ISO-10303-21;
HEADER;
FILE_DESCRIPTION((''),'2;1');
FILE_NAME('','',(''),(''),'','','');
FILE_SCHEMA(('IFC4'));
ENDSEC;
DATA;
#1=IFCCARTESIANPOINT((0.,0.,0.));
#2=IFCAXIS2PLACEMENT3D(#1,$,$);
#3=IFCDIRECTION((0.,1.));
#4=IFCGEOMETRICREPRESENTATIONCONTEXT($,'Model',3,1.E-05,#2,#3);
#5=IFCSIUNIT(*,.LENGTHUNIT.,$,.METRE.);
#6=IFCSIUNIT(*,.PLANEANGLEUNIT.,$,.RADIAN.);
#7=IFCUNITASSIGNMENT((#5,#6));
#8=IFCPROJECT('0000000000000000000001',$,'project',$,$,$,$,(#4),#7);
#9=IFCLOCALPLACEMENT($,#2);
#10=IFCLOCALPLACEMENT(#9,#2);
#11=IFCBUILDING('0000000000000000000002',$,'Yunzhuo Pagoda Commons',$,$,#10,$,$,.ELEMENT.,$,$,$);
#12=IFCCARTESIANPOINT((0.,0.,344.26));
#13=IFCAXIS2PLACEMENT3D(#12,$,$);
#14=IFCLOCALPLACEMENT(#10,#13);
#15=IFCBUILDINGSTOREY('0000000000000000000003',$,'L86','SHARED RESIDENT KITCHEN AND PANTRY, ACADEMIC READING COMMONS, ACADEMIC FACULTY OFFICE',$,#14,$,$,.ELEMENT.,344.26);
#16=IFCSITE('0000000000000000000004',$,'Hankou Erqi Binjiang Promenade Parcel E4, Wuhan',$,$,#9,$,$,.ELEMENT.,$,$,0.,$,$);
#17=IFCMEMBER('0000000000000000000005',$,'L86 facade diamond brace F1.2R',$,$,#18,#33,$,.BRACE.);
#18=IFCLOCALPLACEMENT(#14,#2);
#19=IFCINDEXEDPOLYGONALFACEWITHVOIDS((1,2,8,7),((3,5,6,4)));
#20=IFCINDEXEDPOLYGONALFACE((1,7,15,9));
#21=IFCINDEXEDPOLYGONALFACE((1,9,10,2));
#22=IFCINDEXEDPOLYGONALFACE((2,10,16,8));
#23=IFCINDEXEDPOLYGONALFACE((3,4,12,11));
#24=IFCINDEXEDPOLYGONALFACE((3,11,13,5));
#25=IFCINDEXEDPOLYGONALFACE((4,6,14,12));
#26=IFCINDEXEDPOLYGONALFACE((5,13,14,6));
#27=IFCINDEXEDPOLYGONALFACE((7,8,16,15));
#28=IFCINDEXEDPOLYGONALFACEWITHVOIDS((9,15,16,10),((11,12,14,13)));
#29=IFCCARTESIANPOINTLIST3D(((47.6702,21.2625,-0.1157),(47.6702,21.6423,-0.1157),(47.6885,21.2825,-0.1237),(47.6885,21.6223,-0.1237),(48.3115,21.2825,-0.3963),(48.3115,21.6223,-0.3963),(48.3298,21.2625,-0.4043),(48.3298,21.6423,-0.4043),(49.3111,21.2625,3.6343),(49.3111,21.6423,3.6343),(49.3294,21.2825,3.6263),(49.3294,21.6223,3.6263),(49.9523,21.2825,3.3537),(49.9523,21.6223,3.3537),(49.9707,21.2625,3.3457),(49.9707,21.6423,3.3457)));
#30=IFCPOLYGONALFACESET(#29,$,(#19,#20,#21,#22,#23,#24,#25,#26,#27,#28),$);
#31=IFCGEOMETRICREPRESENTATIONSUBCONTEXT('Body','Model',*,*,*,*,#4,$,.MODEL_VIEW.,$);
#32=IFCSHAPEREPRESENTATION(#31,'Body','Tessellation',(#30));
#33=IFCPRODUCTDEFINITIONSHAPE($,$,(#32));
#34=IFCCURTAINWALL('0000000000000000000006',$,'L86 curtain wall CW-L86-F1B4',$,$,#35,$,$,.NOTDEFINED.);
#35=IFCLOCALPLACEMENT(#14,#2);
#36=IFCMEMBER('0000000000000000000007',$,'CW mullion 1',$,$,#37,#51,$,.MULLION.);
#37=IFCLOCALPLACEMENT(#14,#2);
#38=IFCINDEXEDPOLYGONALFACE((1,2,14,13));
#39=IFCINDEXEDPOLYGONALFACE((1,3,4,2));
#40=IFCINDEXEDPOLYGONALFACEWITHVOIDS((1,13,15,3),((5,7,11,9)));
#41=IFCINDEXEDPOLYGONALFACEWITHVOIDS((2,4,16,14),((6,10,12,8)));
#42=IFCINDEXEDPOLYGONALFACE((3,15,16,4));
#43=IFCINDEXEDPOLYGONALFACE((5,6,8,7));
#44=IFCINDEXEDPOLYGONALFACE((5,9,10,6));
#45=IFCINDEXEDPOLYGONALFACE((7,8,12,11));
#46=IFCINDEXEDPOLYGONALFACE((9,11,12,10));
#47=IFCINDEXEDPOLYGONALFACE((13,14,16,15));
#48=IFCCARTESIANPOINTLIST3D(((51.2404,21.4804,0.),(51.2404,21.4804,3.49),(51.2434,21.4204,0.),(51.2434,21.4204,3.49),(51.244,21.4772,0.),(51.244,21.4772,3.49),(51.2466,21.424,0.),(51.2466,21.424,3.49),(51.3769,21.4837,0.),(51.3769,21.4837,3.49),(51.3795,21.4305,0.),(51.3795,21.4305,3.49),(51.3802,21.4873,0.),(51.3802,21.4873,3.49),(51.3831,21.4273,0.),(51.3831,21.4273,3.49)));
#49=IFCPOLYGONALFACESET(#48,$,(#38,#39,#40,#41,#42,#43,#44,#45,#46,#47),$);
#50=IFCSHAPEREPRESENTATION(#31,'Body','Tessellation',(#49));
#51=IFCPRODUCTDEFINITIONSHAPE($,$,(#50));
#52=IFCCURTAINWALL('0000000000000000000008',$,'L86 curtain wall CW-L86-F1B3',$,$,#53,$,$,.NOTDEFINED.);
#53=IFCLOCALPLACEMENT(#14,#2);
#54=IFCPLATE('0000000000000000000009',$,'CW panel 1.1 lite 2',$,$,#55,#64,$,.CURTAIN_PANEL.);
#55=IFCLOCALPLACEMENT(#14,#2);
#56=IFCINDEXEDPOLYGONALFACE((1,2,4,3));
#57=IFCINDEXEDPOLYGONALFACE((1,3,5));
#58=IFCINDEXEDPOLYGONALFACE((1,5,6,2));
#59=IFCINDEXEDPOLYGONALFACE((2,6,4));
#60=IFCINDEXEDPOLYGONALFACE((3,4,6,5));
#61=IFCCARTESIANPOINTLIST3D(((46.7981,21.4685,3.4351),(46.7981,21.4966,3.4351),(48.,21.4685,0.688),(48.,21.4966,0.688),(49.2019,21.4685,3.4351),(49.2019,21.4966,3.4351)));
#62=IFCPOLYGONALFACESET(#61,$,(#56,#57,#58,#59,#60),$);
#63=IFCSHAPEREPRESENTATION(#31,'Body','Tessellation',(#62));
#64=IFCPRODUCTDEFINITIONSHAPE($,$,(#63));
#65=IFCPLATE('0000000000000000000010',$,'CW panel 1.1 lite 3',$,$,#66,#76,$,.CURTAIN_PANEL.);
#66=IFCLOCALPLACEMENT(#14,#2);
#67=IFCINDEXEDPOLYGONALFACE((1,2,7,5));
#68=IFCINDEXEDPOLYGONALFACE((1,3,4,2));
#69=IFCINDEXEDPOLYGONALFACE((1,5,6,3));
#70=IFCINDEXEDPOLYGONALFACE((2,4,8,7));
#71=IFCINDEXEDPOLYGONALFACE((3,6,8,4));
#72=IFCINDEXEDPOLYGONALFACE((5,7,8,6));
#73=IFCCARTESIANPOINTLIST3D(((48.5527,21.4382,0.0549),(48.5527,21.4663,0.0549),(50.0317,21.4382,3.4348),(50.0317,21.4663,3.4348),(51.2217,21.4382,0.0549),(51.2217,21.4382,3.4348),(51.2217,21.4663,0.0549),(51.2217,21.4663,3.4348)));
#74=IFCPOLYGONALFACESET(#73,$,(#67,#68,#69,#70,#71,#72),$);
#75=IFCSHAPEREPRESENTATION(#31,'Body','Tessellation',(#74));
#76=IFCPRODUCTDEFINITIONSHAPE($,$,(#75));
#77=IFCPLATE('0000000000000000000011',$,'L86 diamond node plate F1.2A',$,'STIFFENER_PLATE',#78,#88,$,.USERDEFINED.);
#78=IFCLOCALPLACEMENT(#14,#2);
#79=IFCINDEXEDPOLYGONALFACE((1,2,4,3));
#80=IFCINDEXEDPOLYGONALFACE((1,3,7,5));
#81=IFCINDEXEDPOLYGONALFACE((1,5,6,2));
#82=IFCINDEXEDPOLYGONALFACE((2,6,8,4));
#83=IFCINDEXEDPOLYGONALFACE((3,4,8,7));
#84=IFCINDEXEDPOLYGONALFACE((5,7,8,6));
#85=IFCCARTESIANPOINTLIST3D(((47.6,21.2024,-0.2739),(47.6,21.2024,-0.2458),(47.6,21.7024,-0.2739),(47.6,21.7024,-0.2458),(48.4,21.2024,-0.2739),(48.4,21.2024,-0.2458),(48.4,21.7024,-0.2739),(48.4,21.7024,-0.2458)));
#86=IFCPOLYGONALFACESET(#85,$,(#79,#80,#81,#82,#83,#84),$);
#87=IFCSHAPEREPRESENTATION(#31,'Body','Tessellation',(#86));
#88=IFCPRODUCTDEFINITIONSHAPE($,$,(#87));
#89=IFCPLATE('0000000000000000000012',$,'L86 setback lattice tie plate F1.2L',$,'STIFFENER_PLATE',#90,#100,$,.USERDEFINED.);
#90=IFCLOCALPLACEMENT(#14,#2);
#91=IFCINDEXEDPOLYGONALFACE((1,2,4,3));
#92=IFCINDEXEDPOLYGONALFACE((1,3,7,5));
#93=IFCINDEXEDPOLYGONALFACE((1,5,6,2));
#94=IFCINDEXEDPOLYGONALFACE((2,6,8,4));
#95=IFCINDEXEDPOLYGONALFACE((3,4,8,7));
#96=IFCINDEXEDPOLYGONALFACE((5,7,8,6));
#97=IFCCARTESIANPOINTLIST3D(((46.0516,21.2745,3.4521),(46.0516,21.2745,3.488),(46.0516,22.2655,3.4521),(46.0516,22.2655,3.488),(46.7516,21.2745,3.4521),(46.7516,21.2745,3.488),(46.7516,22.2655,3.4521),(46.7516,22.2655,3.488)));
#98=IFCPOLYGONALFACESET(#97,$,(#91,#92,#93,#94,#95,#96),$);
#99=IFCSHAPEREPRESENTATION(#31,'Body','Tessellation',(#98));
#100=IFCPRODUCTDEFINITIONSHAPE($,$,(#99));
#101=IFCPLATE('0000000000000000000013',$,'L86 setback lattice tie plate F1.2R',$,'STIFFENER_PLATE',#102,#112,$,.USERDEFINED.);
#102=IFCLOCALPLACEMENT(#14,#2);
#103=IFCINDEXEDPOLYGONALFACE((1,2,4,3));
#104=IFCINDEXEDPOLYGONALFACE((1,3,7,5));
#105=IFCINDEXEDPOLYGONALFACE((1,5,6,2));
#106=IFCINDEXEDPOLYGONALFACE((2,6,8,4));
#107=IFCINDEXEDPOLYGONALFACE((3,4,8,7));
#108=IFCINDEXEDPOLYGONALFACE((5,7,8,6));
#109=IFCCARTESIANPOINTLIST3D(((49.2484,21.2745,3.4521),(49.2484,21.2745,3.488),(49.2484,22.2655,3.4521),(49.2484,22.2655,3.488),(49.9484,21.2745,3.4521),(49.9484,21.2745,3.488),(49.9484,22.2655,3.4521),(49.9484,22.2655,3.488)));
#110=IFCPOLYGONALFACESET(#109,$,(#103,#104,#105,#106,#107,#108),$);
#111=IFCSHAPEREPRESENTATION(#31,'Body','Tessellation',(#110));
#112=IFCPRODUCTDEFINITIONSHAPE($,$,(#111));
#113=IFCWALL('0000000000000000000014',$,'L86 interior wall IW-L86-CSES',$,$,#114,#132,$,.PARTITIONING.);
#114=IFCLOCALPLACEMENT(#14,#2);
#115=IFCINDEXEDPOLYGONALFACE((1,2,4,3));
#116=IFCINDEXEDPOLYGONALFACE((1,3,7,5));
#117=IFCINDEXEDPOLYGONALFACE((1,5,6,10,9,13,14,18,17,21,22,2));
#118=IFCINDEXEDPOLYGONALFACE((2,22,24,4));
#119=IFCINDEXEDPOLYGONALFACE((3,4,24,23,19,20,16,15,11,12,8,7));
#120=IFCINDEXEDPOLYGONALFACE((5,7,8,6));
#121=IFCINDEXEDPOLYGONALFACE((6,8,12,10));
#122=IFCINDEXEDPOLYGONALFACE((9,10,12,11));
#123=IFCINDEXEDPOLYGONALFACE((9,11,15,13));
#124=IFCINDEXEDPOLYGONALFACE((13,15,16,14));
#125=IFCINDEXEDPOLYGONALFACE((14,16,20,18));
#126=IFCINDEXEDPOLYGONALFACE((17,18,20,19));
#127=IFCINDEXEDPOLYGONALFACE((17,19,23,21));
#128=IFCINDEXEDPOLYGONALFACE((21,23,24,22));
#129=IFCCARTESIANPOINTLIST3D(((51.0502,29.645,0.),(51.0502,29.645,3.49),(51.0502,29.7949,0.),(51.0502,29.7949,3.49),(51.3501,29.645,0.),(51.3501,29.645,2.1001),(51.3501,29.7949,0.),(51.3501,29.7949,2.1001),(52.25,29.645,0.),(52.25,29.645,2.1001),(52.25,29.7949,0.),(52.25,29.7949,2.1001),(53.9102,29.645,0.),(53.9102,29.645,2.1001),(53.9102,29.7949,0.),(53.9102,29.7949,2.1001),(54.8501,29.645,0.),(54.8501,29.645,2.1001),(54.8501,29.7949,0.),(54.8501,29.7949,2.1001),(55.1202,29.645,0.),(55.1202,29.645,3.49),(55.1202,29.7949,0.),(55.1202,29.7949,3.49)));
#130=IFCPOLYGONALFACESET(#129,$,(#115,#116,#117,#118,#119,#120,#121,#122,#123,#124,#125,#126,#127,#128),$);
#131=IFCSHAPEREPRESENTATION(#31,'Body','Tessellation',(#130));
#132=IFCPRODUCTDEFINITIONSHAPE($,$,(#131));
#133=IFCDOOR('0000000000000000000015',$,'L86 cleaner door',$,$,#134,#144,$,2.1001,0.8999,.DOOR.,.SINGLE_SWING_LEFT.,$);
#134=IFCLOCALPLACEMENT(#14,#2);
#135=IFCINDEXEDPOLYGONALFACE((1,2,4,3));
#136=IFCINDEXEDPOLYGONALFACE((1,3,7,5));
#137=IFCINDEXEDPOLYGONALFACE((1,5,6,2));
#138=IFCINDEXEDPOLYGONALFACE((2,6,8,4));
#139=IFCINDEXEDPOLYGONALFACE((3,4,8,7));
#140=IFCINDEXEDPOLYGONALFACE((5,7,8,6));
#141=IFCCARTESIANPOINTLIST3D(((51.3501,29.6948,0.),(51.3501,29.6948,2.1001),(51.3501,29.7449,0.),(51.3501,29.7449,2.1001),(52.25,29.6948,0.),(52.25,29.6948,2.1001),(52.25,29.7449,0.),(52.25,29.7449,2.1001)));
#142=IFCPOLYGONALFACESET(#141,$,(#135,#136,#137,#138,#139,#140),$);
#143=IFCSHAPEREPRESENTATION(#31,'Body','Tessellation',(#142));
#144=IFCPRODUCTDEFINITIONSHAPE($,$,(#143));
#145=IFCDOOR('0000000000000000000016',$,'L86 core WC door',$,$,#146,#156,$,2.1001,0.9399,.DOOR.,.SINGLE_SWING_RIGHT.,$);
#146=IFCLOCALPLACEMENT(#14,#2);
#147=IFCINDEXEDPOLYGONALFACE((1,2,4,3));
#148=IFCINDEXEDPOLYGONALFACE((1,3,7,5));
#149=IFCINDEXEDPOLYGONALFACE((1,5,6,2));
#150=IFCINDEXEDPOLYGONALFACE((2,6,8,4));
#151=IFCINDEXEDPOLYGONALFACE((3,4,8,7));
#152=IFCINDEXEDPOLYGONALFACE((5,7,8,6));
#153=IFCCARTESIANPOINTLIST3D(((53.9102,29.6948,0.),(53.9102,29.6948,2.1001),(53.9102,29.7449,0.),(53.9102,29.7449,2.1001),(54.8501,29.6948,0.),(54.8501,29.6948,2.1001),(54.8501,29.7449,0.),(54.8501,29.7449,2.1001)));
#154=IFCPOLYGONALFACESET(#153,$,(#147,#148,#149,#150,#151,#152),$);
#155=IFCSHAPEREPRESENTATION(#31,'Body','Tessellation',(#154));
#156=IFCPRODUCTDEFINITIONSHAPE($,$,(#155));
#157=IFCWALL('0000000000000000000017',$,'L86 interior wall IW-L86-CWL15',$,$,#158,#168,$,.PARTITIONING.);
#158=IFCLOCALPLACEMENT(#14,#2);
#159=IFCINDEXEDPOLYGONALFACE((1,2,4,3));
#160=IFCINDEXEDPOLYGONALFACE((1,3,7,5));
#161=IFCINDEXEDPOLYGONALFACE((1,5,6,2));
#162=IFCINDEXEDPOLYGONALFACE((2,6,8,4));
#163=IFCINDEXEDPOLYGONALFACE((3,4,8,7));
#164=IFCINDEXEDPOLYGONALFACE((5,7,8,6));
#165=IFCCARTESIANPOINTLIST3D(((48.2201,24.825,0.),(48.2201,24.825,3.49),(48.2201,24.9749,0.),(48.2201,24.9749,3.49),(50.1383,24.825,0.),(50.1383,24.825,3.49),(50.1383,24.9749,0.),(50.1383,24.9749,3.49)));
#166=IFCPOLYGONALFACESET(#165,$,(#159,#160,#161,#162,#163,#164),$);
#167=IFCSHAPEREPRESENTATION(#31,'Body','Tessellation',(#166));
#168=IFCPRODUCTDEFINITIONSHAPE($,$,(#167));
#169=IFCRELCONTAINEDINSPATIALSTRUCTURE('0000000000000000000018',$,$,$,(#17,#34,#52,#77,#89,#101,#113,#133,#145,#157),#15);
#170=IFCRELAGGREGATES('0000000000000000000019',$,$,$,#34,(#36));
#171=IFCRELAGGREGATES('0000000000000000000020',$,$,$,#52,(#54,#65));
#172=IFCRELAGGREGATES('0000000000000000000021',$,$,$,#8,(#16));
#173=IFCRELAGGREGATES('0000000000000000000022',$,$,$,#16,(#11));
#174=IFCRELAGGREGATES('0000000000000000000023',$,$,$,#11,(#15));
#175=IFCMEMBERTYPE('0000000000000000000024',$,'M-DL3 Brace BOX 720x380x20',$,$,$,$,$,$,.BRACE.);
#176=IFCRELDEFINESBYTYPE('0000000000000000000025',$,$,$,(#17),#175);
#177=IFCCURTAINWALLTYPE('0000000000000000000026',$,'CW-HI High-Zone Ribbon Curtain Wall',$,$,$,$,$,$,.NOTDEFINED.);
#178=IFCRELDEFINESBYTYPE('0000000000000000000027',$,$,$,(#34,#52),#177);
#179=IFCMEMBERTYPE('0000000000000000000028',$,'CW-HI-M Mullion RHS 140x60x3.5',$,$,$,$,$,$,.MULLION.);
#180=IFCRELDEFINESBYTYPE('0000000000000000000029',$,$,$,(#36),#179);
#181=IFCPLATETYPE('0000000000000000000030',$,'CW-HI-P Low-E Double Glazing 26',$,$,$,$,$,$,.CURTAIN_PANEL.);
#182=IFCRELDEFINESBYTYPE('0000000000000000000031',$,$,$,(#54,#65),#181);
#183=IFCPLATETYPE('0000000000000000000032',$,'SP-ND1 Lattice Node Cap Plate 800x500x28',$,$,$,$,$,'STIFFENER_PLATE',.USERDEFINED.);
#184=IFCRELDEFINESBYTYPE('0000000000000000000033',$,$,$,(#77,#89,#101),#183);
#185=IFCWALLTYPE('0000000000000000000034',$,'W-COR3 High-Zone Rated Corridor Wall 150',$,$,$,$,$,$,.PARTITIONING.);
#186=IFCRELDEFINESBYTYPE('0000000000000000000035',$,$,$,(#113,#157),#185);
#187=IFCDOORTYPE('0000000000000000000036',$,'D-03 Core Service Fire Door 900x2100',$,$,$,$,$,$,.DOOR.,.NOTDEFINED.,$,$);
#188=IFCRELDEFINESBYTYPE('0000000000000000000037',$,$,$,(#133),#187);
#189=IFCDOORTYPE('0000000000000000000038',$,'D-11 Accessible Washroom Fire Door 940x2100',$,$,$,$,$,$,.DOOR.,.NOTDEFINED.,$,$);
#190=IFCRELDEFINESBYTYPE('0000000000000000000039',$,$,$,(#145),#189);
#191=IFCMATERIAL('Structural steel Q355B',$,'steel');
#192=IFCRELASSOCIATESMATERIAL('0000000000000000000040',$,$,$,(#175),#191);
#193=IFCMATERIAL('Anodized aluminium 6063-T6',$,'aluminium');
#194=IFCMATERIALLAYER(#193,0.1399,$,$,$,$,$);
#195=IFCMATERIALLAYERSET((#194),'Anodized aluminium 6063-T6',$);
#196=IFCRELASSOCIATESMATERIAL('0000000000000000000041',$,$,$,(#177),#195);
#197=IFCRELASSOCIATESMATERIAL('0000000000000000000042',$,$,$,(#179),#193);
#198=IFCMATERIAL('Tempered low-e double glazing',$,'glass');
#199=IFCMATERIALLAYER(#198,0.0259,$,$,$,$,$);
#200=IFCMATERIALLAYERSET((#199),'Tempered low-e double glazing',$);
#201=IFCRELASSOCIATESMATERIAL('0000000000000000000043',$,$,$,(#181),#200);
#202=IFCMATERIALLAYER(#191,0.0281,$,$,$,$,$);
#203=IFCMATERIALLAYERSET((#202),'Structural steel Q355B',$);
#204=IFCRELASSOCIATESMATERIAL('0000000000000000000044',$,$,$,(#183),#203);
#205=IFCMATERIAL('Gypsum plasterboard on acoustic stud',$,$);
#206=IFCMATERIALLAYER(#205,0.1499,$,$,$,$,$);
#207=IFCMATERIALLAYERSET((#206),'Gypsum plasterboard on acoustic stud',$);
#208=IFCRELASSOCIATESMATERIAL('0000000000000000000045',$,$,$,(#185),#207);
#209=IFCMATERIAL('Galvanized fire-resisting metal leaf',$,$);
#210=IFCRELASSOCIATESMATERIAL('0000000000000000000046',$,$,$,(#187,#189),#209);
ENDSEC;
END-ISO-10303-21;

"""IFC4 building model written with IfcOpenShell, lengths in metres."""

from ifc_helpers import new_model, si_unit, direction, frame, frame_2d, origin, origin_with_axes, origin_2d, place, context, subcontext, project, spatial, polyline, rectangle, hollow_rectangle, outline, extrude, source, transform, mapped, material, layer, layer_set, material_profile, profile_set, type_object, element, fill, aggregate, save


model = new_model("IFC4")

# Units and contexts
model_context = context("Model", 3, precision=1e-05, world=origin(), true_north=direction((0.0, 1.0)))
body_context = subcontext(model_context, "Body", "Model", "MODEL_VIEW")
ifc_project = project(units=[si_unit("LENGTHUNIT", "METRE"), si_unit("PLANEANGLEUNIT", "RADIAN")], contexts=[model_context])

# Site, building, storey
site_placement = place(None, origin())
site = spatial("IfcSite", under=ifc_project, at=site_placement, Name="Hankou Erqi Binjiang Promenade Parcel E4, Wuhan", CompositionType="ELEMENT", RefElevation=0.0)
building_placement = place(site_placement, origin())
building = spatial("IfcBuilding", under=site, at=building_placement, Name="Yunzhuo Pagoda Commons", CompositionType="ELEMENT")
storey_placement = place(building_placement, frame((0.0, 0.0, 344.26)))
storey = spatial("IfcBuildingStorey", under=building, at=storey_placement, Name="L86", Description="SHARED RESIDENT KITCHEN AND PANTRY, ACADEMIC READING COMMONS, ACADEMIC FACULTY OFFICE", CompositionType="ELEMENT", Elevation=344.26)

# Shared definitions
ifc_material_1 = material(Name="Structural steel Q355B", Category="steel")

# Member
ifc_material_profile_1 = material_profile(ifc_material_1, hollow_rectangle(XDim=0.3799, YDim=0.72, WallThickness=0.02, at=origin_2d()), Name="Structural steel Q355B")
ifc_profile_set_1 = profile_set([ifc_material_profile_1], Name="Structural steel Q355B")
member_type_1 = type_object("IfcMemberType", Name="M-DL3 Brace BOX 720x380x20", PredefinedType="BRACE", material=ifc_profile_set_1)
shared_shape_1 = source(origin(), body_context, "Body", "SweptSolid", [
    extrude(hollow_rectangle(XDim=0.3799, YDim=0.72, WallThickness=0.02, at=origin_2d()), origin(), (0.0, 0.0, 1.0), 4.0933),
])
for number, where, z_axis, x_axis, name in (
    (1, (48.0, 21.4524, -0.26), (0.400869, 0.0, 0.916135), (0.0, 1.0, 0.0), "L86 facade diamond brace F1.2R"),
):
    element("IfcMember", number, at=place(storey_placement, frame(where, z_axis=z_axis, x_axis=x_axis)), inside=storey, type_object=member_type_1, Name=name, PredefinedType="BRACE", context=body_context, shape_type="MappedRepresentation", body=[
        mapped(shared_shape_1, transform((0.0, 0.0, 0.0), scale=1.0)),
    ])

# Curtain wall, member
ifc_material_2 = material(Name="Anodized aluminium 6063-T6", Category="aluminium")
ifc_layer_1 = layer(ifc_material_2, 0.1399)
ifc_layer_set_1 = layer_set([ifc_layer_1], Name="Anodized aluminium 6063-T6")
curtain_wall_type = type_object("IfcCurtainWallType", Name="CW-HI High-Zone Ribbon Curtain Wall", PredefinedType="NOTDEFINED", material=ifc_layer_set_1)
curtain_wall_1_placement = place(storey_placement, origin())
curtain_wall_1 = element("IfcCurtainWall", 2, at=curtain_wall_1_placement, inside=storey, type_object=curtain_wall_type, Name="L86 curtain wall CW-L86-F1B4", PredefinedType="NOTDEFINED")
ifc_material_profile_2 = material_profile(ifc_material_2, hollow_rectangle(XDim=0.0601, YDim=0.1399, WallThickness=0.0034, at=origin_2d()), Name="Anodized aluminium 6063-T6")
ifc_profile_set_2 = profile_set([ifc_material_profile_2], Name="Anodized aluminium 6063-T6")
member_type_2 = type_object("IfcMemberType", Name="CW-HI-M Mullion RHS 140x60x3.5", PredefinedType="MULLION", material=ifc_profile_set_2)
shared_shape_2 = source(origin(), body_context, "Body", "SweptSolid", [
    extrude(hollow_rectangle(XDim=0.0601, YDim=0.1399, WallThickness=0.0034, at=origin_2d()), origin(), (0.0, 0.0, 1.0), 3.49),
])
member_placement = place(storey_placement, frame((51.3118, 21.4539, 0.0), z_axis=(0.0, 0.0, 1.0), x_axis=(-0.048906, 0.998803, 0.0)))
member = element("IfcMember", 3, at=member_placement, type_object=member_type_2, Name="CW mullion 1", PredefinedType="MULLION", context=body_context, shape_type="MappedRepresentation", body=[
    mapped(shared_shape_2, transform((0.0, 0.0, 0.0), scale=1.0)),
])
aggregate(curtain_wall_1, [member])

# Curtain wall, plates
curtain_wall_2_placement = place(storey_placement, origin())
curtain_wall_2 = element("IfcCurtainWall", 4, at=curtain_wall_2_placement, inside=storey, type_object=curtain_wall_type, Name="L86 curtain wall CW-L86-F1B3", PredefinedType="NOTDEFINED")
ifc_material_3 = material(Name="Tempered low-e double glazing", Category="glass")
ifc_layer_2 = layer(ifc_material_3, 0.0259)
ifc_layer_set_2 = layer_set([ifc_layer_2], Name="Tempered low-e double glazing")
plate_type_1 = type_object("IfcPlateType", Name="CW-HI-P Low-E Double Glazing 26", PredefinedType="CURTAIN_PANEL", material=ifc_layer_set_2)
plate_1_placement = place(storey_placement, frame((48.0, 21.4966, 2.0615), z_axis=(0.0, -1.0, 0.0), x_axis=(1.0, 0.0, 0.0)))
plate_1 = element("IfcPlate", 5, at=plate_1_placement, type_object=plate_type_1, Name="CW panel 1.1 lite 2", PredefinedType="CURTAIN_PANEL", context=body_context, shape_type="SweptSolid", body=[
    extrude(outline(polyline([(-1.2019, 1.3735), (0.0, -1.3735), (1.2019, 1.3735), (-1.2019, 1.3735)])), origin(), (0.0, 0.0, 1.0), 0.0281),
])
plate_2_placement = place(storey_placement, frame((49.8872, 21.4663, 1.7449), z_axis=(0.0, -1.0, 0.0), x_axis=(1.0, 0.0, 0.0)))
plate_2 = element("IfcPlate", 6, at=plate_2_placement, type_object=plate_type_1, Name="CW panel 1.1 lite 3", PredefinedType="CURTAIN_PANEL", context=body_context, shape_type="SweptSolid", body=[
    extrude(outline(polyline([(-1.3345, -1.6899), (1.3345, -1.6899), (1.3345, 1.6899), (0.1445, 1.6899), (-1.3345, -1.6899)])), origin(), (0.0, 0.0, 1.0), 0.0281),
])
aggregate(curtain_wall_2, [plate_1, plate_2])

# Plates
ifc_layer_3 = layer(ifc_material_1, 0.0281)
ifc_layer_set_3 = layer_set([ifc_layer_3], Name="Structural steel Q355B")
plate_type_2 = type_object("IfcPlateType", Name="SP-ND1 Lattice Node Cap Plate 800x500x28", ElementType="STIFFENER_PLATE", PredefinedType="USERDEFINED", material=ifc_layer_set_3)
shared_shape_3 = source(origin(), body_context, "Body", "SweptSolid", [
    extrude(rectangle(XDim=0.8, YDim=0.5, at=origin_2d()), origin(), (0.0, 0.0, 1.0), 0.0281),
])
plate_3_placement = place(storey_placement, frame((48.0, 21.4524, -0.2739), z_axis=(0.0, 0.0, 1.0), x_axis=(1.0, 0.0, 0.0)))
element("IfcPlate", 7, at=plate_3_placement, inside=storey, type_object=plate_type_2, Name="L86 diamond node plate F1.2A", ObjectType="STIFFENER_PLATE", PredefinedType="USERDEFINED", context=body_context, shape_type="MappedRepresentation", body=[
    mapped(shared_shape_3, transform((0.0, 0.0, 0.0), scale=1.0)),
])
shared_shape_4 = source(origin(), body_context, "Body", "SweptSolid", [
    extrude(rectangle(XDim=0.7, YDim=0.991, at=origin_2d()), origin(), (0.0, 0.0, 1.0), 0.0359),
])
for number, where, z_axis, x_axis, name in (
    (8, (46.4016, 21.77, 3.4521), (0.0, 0.0, 1.0), (1.0, 0.0, 0.0), "L86 setback lattice tie plate F1.2L"),
    (9, (49.5984, 21.77, 3.4521), (0.0, 0.0, 1.0), (1.0, 0.0, 0.0), "L86 setback lattice tie plate F1.2R"),
):
    element("IfcPlate", number, at=place(storey_placement, frame(where, z_axis=z_axis, x_axis=x_axis)), inside=storey, type_object=plate_type_2, Name=name, ObjectType="STIFFENER_PLATE", PredefinedType="USERDEFINED", context=body_context, shape_type="MappedRepresentation", body=[
        mapped(shared_shape_4, transform((0.0, 0.0, 0.0), scale=1.0)),
    ])

# Wall, openings, doors
ifc_material_4 = material(Name="Gypsum plasterboard on acoustic stud")
ifc_layer_4 = layer(ifc_material_4, 0.1499)
ifc_layer_set_4 = layer_set([ifc_layer_4], Name="Gypsum plasterboard on acoustic stud")
wall_type_1 = type_object("IfcWallType", Name="W-COR3 High-Zone Rated Corridor Wall 150", PredefinedType="PARTITIONING", material=ifc_layer_set_4)
wall_1_placement = place(storey_placement, frame((51.05, 29.72, 0.0), z_axis=(0.0, 0.0, 1.0), x_axis=(1.0, 0.0, 0.0)))
wall_1 = element("IfcWall", 10, at=wall_1_placement, inside=storey, type_object=wall_type_1, Name="L86 interior wall IW-L86-CSES", PredefinedType="PARTITIONING", context=body_context, shape_type="SweptSolid", body=[
    extrude(rectangle(XDim=4.0701, YDim=0.1499, at=frame_2d((2.0352, 0.0))), origin(), (0.0, 0.0, 1.0), 3.49),
])
opening_1_placement = place(wall_1_placement, frame((0.3, 0.0, 0.0)))
opening_1 = element("IfcOpeningElement", 11, at=opening_1_placement, cuts=wall_1, PredefinedType="OPENING", context=body_context, shape_type="SweptSolid", body=[
    extrude(rectangle(XDim=0.8999, YDim=2.1001, at=frame_2d((0.45, 1.05))), frame((0.0, 0.085, 0.0), z_axis=(0.0, -1.0, 0.0), x_axis=(1.0, 0.0, 0.0)), (0.0, 0.0, 1.0), 0.1699),
])
opening_2_placement = place(wall_1_placement, frame((2.8601, 0.0, 0.0)))
opening_2 = element("IfcOpeningElement", 12, at=opening_2_placement, cuts=wall_1, PredefinedType="OPENING", context=body_context, shape_type="SweptSolid", body=[
    extrude(rectangle(XDim=0.9399, YDim=2.1001, at=frame_2d((0.47, 1.05))), frame((0.0, 0.085, 0.0), z_axis=(0.0, -1.0, 0.0), x_axis=(1.0, 0.0, 0.0)), (0.0, 0.0, 1.0), 0.1699),
])
ifc_material_5 = material(Name="Galvanized fire-resisting metal leaf")
door_type_1 = type_object("IfcDoorType", Name="D-03 Core Service Fire Door 900x2100", OperationType="NOTDEFINED", PredefinedType="DOOR", material=ifc_material_5)
shared_shape_5 = source(origin(), body_context, "Body", "SweptSolid", [
    extrude(rectangle(XDim=0.8999, YDim=2.1001, at=frame_2d((0.45, 1.05))), frame((0.0, 0.0249, 0.0), z_axis=(0.0, -1.0, 0.0), x_axis=(1.0, 0.0, 0.0)), (0.0, 0.0, 1.0), 0.05),
])
door_1_placement = place(opening_1_placement, origin_with_axes())
door_1 = element("IfcDoor", 13, at=door_1_placement, inside=storey, type_object=door_type_1, Name="L86 cleaner door", OperationType="SINGLE_SWING_LEFT", OverallHeight=2.1001, OverallWidth=0.8999, PredefinedType="DOOR", context=body_context, shape_type="MappedRepresentation", body=[
    mapped(shared_shape_5, transform((0.0, 0.0, 0.0), scale=1.0)),
])
fill(opening_1, door_1)
door_type_2 = type_object("IfcDoorType", Name="D-11 Accessible Washroom Fire Door 940x2100", OperationType="NOTDEFINED", PredefinedType="DOOR", material=ifc_material_5)
shared_shape_6 = source(origin(), body_context, "Body", "SweptSolid", [
    extrude(rectangle(XDim=0.9399, YDim=2.1001, at=frame_2d((0.47, 1.05))), frame((0.0, 0.0249, 0.0), z_axis=(0.0, -1.0, 0.0), x_axis=(1.0, 0.0, 0.0)), (0.0, 0.0, 1.0), 0.05),
])
door_2_placement = place(opening_2_placement, origin_with_axes())
door_2 = element("IfcDoor", 14, at=door_2_placement, inside=storey, type_object=door_type_2, Name="L86 core WC door", OperationType="SINGLE_SWING_RIGHT", OverallHeight=2.1001, OverallWidth=0.9399, PredefinedType="DOOR", context=body_context, shape_type="MappedRepresentation", body=[
    mapped(shared_shape_6, transform((0.0, 0.0, 0.0), scale=1.0)),
])
fill(opening_2, door_2)

# Wall
for number, where, z_axis, x_axis, name in (
    (15, (50.1382, 24.8999, 0.0), (0.0, 0.0, 1.0), (-1.0, 0.0, 0.0), "L86 interior wall IW-L86-CWL15"),
):
    element("IfcWall", number, at=place(storey_placement, frame(where, z_axis=z_axis, x_axis=x_axis)), inside=storey, type_object=wall_type_1, Name=name, PredefinedType="PARTITIONING", context=body_context, shape_type="SweptSolid", body=[
        extrude(rectangle(XDim=1.9182, YDim=0.1499, at=frame_2d((0.959, 0.0))), origin(), (0.0, 0.0, 1.0), 3.49),
    ])

save(model, "model.ifc")
